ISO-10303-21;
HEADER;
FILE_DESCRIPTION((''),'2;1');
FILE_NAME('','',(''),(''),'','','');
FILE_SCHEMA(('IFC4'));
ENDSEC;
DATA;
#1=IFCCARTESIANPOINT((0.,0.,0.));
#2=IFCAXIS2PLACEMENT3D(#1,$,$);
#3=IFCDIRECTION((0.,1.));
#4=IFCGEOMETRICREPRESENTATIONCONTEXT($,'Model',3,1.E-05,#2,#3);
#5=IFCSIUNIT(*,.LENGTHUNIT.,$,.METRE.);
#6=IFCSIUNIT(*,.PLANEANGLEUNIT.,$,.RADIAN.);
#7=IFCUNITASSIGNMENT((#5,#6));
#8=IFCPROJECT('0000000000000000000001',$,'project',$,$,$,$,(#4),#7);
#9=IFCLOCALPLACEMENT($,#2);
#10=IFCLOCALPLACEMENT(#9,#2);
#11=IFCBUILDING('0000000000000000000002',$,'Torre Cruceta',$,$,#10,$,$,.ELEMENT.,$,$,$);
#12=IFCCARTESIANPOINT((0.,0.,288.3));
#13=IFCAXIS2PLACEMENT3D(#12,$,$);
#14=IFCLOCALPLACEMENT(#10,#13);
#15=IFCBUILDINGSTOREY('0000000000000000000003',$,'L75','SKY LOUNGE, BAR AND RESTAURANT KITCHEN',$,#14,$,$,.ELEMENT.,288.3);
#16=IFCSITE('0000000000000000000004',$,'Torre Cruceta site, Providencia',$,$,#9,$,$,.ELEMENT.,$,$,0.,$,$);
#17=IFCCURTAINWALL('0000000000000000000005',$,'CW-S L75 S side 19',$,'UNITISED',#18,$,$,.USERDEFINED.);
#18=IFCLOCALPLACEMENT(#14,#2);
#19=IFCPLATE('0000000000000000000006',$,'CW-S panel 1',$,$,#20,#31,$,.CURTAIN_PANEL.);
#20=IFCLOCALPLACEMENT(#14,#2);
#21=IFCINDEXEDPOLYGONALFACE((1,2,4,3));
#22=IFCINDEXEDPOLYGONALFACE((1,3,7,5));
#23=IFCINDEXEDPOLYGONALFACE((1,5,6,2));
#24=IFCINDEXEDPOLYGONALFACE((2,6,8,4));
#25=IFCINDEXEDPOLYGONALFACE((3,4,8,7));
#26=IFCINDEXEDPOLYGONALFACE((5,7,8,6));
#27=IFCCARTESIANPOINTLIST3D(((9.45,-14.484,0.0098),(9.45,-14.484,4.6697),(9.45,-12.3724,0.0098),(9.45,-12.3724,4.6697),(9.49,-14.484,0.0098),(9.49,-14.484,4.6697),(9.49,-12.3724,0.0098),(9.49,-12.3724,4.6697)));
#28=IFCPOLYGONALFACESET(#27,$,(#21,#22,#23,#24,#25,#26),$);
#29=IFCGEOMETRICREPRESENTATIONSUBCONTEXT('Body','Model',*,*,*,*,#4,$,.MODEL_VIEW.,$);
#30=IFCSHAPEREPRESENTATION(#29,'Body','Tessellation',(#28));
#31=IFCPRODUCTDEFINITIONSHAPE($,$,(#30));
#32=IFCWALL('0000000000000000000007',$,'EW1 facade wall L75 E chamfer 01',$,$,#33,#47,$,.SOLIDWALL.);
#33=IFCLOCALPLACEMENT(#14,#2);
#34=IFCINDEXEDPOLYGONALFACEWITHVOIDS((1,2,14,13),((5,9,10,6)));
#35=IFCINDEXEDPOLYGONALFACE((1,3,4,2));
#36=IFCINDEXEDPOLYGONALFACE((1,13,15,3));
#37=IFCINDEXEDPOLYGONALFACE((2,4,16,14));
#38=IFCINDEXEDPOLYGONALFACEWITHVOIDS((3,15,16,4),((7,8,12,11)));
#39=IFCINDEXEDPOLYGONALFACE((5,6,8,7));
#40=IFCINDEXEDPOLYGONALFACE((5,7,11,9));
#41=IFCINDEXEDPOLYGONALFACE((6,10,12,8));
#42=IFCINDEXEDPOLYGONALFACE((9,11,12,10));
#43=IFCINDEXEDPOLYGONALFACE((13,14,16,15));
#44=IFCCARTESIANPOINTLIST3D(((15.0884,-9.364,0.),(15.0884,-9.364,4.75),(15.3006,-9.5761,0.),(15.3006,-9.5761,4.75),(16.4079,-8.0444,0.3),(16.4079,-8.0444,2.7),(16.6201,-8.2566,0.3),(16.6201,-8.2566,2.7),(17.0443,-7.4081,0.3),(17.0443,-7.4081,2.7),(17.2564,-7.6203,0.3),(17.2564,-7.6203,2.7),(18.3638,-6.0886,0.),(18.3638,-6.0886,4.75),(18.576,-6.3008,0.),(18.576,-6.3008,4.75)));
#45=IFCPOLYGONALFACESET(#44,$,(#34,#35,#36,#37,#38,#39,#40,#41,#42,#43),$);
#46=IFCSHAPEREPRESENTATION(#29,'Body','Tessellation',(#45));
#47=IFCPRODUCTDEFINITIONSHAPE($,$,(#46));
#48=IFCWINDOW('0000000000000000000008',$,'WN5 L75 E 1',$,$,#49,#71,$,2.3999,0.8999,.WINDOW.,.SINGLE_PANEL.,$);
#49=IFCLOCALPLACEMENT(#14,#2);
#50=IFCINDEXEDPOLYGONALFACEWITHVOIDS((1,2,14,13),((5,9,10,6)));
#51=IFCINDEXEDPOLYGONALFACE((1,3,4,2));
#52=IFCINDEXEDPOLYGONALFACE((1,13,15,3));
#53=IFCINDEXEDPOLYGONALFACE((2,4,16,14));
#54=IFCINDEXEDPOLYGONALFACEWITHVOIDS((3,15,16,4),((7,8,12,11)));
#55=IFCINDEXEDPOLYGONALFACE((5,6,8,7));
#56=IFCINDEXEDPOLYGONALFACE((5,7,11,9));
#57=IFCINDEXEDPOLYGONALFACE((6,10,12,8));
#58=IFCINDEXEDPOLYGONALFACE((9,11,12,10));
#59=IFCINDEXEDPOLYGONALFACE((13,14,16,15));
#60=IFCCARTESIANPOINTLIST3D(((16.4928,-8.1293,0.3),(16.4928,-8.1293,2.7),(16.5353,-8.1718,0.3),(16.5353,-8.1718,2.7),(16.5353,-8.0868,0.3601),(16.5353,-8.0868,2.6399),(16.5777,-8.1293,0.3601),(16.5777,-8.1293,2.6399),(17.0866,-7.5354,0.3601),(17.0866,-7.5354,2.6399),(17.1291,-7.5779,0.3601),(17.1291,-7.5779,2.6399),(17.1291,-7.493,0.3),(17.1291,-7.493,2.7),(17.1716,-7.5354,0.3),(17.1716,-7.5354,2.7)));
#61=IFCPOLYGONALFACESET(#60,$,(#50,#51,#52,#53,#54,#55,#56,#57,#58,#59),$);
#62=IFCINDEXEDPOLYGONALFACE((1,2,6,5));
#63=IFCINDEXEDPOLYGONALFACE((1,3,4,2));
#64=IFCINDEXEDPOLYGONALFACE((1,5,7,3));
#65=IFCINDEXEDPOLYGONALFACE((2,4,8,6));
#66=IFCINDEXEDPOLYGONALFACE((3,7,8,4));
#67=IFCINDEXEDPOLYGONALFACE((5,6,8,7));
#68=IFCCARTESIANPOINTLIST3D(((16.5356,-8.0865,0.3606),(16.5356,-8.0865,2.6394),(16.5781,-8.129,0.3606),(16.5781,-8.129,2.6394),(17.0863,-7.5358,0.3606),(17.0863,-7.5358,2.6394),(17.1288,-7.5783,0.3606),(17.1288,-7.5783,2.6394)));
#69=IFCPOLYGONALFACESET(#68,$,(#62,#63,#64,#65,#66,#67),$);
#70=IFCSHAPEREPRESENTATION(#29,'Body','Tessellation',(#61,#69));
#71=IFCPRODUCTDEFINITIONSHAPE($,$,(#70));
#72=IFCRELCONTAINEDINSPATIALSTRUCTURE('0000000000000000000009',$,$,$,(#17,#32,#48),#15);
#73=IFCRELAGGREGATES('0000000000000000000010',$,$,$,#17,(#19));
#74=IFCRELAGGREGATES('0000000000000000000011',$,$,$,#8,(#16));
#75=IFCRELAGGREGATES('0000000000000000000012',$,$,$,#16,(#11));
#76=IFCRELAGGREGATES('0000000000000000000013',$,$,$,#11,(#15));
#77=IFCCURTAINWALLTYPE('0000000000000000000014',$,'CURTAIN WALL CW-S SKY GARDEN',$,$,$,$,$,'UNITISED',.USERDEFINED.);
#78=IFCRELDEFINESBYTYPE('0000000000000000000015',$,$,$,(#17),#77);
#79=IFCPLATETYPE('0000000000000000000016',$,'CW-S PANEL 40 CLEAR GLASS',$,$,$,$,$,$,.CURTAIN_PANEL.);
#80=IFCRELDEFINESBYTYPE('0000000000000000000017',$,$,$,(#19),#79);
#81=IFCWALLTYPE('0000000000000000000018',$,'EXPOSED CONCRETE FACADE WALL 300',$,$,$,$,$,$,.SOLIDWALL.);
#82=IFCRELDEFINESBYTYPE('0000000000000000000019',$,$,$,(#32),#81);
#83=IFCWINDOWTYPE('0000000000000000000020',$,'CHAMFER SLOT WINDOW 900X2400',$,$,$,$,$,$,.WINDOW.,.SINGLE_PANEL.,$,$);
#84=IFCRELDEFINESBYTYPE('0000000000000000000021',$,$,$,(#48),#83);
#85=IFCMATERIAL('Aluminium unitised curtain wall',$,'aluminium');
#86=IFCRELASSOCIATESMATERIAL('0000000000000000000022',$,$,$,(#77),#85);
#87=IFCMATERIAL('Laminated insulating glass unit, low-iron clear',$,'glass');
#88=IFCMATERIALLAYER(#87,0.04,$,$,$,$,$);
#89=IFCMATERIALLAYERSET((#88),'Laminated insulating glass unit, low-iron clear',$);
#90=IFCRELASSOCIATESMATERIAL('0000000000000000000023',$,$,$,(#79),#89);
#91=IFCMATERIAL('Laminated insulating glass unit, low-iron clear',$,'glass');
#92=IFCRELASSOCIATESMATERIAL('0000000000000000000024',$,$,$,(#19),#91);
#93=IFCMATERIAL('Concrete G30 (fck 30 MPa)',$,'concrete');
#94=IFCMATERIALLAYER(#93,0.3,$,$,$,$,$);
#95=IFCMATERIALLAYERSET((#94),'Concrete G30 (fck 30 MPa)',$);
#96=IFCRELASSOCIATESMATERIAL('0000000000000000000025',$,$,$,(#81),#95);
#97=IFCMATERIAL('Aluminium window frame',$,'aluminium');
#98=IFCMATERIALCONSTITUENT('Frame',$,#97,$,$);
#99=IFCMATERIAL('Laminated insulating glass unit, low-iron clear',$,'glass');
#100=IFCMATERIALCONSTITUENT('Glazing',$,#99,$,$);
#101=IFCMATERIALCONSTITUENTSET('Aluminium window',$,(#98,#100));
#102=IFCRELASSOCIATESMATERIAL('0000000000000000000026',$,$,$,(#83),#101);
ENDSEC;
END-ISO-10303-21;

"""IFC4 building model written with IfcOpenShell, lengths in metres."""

from ifc_helpers import new_model, si_unit, direction, frame, frame_2d, origin, origin_2d, place, context, subcontext, project, spatial, rectangle, hollow_rectangle, extrude, material, layer, layer_set, constituent, constituent_set, type_object, element, fill, aggregate, save


model = new_model("IFC4")

# Units and contexts
model_context = context("Model", 3, precision=1e-05, world=origin(), true_north=direction((0.0, 1.0)))
body_context = subcontext(model_context, "Body", "Model", "MODEL_VIEW")
ifc_project = project(units=[si_unit("LENGTHUNIT", "METRE"), si_unit("PLANEANGLEUNIT", "RADIAN")], contexts=[model_context])

# Site, building, storey
site_placement = place(None, origin())
site = spatial("IfcSite", under=ifc_project, at=site_placement, Name="Torre Cruceta site, Providencia", CompositionType="ELEMENT", RefElevation=0.0)
building_placement = place(site_placement, origin())
building = spatial("IfcBuilding", under=site, at=building_placement, Name="Torre Cruceta", CompositionType="ELEMENT")
storey_placement = place(building_placement, frame((0.0, 0.0, 288.3)))
storey = spatial("IfcBuildingStorey", under=building, at=storey_placement, Name="L75", Description="SKY LOUNGE, BAR AND RESTAURANT KITCHEN", CompositionType="ELEMENT", Elevation=288.3)

# Curtain wall
ifc_material_1 = material(Name="Aluminium unitised curtain wall", Category="aluminium")
curtain_wall_type = type_object("IfcCurtainWallType", Name="CURTAIN WALL CW-S SKY GARDEN", ElementType="UNITISED", PredefinedType="USERDEFINED", material=ifc_material_1)
curtain_wall_1_placement = place(storey_placement, origin())
curtain_wall_1 = element("IfcCurtainWall", 1, at=curtain_wall_1_placement, inside=storey, type_object=curtain_wall_type, Name="CW-S L75 S side 19", ObjectType="UNITISED", PredefinedType="USERDEFINED")

# Plate
ifc_material_2 = material(Name="Laminated insulating glass unit, low-iron clear", Category="glass")
ifc_material_3 = material(Name="Laminated insulating glass unit, low-iron clear", Category="glass")
ifc_layer_1 = layer(ifc_material_3, 0.04)
ifc_layer_set_1 = layer_set([ifc_layer_1], Name="Laminated insulating glass unit, low-iron clear")
plate_type_1 = type_object("IfcPlateType", Name="CW-S PANEL 40 CLEAR GLASS", PredefinedType="CURTAIN_PANEL", material=ifc_layer_set_1)
plate_1_placement = place(storey_placement, frame((9.47, -13.4282, 0.0098), z_axis=(0.0, 0.0, 1.0), x_axis=(0.0, 1.0, 0.0)))
plate_1 = element("IfcPlate", 2, at=plate_1_placement, type_object=plate_type_1, material=ifc_material_2, Name="CW-S panel 1", PredefinedType="CURTAIN_PANEL", context=body_context, shape_type="SweptSolid", body=[
    extrude(rectangle(XDim=2.1116, YDim=0.04, at=origin_2d()), origin(), (0.0, 0.0, 1.0), 4.6599),
])
aggregate(curtain_wall_1, [plate_1])

# Wall, opening, window
ifc_material_4 = material(Name="Concrete G30 (fck 30 MPa)", Category="concrete")
ifc_layer_2 = layer(ifc_material_4, 0.3)
ifc_layer_set_2 = layer_set([ifc_layer_2], Name="Concrete G30 (fck 30 MPa)")
wall_type = type_object("IfcWallType", Name="EXPOSED CONCRETE FACADE WALL 300", PredefinedType="SOLIDWALL", material=ifc_layer_set_2)
wall_placement = place(storey_placement, frame((15.1946, -9.47, 0.0), z_axis=(0.0, 0.0, 1.0), x_axis=(0.707107, 0.707107, 0.0)))
wall = element("IfcWall", 3, at=wall_placement, inside=storey, type_object=wall_type, Name="EW1 facade wall L75 E chamfer 01", PredefinedType="SOLIDWALL", context=body_context, shape_type="SweptSolid", body=[
    extrude(rectangle(XDim=4.6321, YDim=0.3, at=frame_2d((2.3159, 0.0))), origin(), (0.0, 0.0, 1.0), 4.75),
])
opening_placement = place(wall_placement, frame((1.866, 0.0, 0.3)))
opening = element("IfcOpeningElement", 4, at=opening_placement, cuts=wall, PredefinedType="OPENING", context=body_context, shape_type="SweptSolid", body=[
    extrude(rectangle(XDim=0.8999, YDim=2.3999, at=frame_2d((0.45, 1.2))), frame((0.0, 0.1599, 0.0), z_axis=(0.0, -1.0, 0.0), x_axis=(1.0, 0.0, 0.0)), (0.0, 0.0, 1.0), 0.3201),
])
ifc_material_5 = material(Name="Aluminium window frame", Category="aluminium")
ifc_constituent_1 = constituent(ifc_material_5, Name="Frame")
ifc_material_6 = material(Name="Laminated insulating glass unit, low-iron clear", Category="glass")
ifc_constituent_2 = constituent(ifc_material_6, Name="Glazing")
ifc_constituent_set = constituent_set(constituents=[ifc_constituent_1, ifc_constituent_2], Name="Aluminium window")
window_type = type_object("IfcWindowType", Name="CHAMFER SLOT WINDOW 900X2400", PartitioningType="SINGLE_PANEL", PredefinedType="WINDOW", material=ifc_constituent_set)
window_placement = place(opening_placement, origin())
window = element("IfcWindow", 5, at=window_placement, inside=storey, type_object=window_type, Name="WN5 L75 E 1", OverallHeight=2.3999, OverallWidth=0.8999, PartitioningType="SINGLE_PANEL", PredefinedType="WINDOW", context=body_context, shape_type="SweptSolid", body=[
    extrude(hollow_rectangle(XDim=0.8999, YDim=2.3999, WallThickness=0.0601, at=frame_2d((0.45, 1.2))), frame((0.0, 0.03, 0.0), z_axis=(0.0, -1.0, 0.0), x_axis=(1.0, 0.0, 0.0)), (0.0, 0.0, 1.0), 0.0601),
    extrude(rectangle(XDim=0.7788, YDim=2.2788, at=frame_2d((0.45, 1.2))), frame((0.0, 0.03, 0.0), z_axis=(0.0, -1.0, 0.0), x_axis=(1.0, 0.0, 0.0)), (0.0, 0.0, 1.0), 0.0601),
])
fill(opening, window)

save(model, "model.ifc")
